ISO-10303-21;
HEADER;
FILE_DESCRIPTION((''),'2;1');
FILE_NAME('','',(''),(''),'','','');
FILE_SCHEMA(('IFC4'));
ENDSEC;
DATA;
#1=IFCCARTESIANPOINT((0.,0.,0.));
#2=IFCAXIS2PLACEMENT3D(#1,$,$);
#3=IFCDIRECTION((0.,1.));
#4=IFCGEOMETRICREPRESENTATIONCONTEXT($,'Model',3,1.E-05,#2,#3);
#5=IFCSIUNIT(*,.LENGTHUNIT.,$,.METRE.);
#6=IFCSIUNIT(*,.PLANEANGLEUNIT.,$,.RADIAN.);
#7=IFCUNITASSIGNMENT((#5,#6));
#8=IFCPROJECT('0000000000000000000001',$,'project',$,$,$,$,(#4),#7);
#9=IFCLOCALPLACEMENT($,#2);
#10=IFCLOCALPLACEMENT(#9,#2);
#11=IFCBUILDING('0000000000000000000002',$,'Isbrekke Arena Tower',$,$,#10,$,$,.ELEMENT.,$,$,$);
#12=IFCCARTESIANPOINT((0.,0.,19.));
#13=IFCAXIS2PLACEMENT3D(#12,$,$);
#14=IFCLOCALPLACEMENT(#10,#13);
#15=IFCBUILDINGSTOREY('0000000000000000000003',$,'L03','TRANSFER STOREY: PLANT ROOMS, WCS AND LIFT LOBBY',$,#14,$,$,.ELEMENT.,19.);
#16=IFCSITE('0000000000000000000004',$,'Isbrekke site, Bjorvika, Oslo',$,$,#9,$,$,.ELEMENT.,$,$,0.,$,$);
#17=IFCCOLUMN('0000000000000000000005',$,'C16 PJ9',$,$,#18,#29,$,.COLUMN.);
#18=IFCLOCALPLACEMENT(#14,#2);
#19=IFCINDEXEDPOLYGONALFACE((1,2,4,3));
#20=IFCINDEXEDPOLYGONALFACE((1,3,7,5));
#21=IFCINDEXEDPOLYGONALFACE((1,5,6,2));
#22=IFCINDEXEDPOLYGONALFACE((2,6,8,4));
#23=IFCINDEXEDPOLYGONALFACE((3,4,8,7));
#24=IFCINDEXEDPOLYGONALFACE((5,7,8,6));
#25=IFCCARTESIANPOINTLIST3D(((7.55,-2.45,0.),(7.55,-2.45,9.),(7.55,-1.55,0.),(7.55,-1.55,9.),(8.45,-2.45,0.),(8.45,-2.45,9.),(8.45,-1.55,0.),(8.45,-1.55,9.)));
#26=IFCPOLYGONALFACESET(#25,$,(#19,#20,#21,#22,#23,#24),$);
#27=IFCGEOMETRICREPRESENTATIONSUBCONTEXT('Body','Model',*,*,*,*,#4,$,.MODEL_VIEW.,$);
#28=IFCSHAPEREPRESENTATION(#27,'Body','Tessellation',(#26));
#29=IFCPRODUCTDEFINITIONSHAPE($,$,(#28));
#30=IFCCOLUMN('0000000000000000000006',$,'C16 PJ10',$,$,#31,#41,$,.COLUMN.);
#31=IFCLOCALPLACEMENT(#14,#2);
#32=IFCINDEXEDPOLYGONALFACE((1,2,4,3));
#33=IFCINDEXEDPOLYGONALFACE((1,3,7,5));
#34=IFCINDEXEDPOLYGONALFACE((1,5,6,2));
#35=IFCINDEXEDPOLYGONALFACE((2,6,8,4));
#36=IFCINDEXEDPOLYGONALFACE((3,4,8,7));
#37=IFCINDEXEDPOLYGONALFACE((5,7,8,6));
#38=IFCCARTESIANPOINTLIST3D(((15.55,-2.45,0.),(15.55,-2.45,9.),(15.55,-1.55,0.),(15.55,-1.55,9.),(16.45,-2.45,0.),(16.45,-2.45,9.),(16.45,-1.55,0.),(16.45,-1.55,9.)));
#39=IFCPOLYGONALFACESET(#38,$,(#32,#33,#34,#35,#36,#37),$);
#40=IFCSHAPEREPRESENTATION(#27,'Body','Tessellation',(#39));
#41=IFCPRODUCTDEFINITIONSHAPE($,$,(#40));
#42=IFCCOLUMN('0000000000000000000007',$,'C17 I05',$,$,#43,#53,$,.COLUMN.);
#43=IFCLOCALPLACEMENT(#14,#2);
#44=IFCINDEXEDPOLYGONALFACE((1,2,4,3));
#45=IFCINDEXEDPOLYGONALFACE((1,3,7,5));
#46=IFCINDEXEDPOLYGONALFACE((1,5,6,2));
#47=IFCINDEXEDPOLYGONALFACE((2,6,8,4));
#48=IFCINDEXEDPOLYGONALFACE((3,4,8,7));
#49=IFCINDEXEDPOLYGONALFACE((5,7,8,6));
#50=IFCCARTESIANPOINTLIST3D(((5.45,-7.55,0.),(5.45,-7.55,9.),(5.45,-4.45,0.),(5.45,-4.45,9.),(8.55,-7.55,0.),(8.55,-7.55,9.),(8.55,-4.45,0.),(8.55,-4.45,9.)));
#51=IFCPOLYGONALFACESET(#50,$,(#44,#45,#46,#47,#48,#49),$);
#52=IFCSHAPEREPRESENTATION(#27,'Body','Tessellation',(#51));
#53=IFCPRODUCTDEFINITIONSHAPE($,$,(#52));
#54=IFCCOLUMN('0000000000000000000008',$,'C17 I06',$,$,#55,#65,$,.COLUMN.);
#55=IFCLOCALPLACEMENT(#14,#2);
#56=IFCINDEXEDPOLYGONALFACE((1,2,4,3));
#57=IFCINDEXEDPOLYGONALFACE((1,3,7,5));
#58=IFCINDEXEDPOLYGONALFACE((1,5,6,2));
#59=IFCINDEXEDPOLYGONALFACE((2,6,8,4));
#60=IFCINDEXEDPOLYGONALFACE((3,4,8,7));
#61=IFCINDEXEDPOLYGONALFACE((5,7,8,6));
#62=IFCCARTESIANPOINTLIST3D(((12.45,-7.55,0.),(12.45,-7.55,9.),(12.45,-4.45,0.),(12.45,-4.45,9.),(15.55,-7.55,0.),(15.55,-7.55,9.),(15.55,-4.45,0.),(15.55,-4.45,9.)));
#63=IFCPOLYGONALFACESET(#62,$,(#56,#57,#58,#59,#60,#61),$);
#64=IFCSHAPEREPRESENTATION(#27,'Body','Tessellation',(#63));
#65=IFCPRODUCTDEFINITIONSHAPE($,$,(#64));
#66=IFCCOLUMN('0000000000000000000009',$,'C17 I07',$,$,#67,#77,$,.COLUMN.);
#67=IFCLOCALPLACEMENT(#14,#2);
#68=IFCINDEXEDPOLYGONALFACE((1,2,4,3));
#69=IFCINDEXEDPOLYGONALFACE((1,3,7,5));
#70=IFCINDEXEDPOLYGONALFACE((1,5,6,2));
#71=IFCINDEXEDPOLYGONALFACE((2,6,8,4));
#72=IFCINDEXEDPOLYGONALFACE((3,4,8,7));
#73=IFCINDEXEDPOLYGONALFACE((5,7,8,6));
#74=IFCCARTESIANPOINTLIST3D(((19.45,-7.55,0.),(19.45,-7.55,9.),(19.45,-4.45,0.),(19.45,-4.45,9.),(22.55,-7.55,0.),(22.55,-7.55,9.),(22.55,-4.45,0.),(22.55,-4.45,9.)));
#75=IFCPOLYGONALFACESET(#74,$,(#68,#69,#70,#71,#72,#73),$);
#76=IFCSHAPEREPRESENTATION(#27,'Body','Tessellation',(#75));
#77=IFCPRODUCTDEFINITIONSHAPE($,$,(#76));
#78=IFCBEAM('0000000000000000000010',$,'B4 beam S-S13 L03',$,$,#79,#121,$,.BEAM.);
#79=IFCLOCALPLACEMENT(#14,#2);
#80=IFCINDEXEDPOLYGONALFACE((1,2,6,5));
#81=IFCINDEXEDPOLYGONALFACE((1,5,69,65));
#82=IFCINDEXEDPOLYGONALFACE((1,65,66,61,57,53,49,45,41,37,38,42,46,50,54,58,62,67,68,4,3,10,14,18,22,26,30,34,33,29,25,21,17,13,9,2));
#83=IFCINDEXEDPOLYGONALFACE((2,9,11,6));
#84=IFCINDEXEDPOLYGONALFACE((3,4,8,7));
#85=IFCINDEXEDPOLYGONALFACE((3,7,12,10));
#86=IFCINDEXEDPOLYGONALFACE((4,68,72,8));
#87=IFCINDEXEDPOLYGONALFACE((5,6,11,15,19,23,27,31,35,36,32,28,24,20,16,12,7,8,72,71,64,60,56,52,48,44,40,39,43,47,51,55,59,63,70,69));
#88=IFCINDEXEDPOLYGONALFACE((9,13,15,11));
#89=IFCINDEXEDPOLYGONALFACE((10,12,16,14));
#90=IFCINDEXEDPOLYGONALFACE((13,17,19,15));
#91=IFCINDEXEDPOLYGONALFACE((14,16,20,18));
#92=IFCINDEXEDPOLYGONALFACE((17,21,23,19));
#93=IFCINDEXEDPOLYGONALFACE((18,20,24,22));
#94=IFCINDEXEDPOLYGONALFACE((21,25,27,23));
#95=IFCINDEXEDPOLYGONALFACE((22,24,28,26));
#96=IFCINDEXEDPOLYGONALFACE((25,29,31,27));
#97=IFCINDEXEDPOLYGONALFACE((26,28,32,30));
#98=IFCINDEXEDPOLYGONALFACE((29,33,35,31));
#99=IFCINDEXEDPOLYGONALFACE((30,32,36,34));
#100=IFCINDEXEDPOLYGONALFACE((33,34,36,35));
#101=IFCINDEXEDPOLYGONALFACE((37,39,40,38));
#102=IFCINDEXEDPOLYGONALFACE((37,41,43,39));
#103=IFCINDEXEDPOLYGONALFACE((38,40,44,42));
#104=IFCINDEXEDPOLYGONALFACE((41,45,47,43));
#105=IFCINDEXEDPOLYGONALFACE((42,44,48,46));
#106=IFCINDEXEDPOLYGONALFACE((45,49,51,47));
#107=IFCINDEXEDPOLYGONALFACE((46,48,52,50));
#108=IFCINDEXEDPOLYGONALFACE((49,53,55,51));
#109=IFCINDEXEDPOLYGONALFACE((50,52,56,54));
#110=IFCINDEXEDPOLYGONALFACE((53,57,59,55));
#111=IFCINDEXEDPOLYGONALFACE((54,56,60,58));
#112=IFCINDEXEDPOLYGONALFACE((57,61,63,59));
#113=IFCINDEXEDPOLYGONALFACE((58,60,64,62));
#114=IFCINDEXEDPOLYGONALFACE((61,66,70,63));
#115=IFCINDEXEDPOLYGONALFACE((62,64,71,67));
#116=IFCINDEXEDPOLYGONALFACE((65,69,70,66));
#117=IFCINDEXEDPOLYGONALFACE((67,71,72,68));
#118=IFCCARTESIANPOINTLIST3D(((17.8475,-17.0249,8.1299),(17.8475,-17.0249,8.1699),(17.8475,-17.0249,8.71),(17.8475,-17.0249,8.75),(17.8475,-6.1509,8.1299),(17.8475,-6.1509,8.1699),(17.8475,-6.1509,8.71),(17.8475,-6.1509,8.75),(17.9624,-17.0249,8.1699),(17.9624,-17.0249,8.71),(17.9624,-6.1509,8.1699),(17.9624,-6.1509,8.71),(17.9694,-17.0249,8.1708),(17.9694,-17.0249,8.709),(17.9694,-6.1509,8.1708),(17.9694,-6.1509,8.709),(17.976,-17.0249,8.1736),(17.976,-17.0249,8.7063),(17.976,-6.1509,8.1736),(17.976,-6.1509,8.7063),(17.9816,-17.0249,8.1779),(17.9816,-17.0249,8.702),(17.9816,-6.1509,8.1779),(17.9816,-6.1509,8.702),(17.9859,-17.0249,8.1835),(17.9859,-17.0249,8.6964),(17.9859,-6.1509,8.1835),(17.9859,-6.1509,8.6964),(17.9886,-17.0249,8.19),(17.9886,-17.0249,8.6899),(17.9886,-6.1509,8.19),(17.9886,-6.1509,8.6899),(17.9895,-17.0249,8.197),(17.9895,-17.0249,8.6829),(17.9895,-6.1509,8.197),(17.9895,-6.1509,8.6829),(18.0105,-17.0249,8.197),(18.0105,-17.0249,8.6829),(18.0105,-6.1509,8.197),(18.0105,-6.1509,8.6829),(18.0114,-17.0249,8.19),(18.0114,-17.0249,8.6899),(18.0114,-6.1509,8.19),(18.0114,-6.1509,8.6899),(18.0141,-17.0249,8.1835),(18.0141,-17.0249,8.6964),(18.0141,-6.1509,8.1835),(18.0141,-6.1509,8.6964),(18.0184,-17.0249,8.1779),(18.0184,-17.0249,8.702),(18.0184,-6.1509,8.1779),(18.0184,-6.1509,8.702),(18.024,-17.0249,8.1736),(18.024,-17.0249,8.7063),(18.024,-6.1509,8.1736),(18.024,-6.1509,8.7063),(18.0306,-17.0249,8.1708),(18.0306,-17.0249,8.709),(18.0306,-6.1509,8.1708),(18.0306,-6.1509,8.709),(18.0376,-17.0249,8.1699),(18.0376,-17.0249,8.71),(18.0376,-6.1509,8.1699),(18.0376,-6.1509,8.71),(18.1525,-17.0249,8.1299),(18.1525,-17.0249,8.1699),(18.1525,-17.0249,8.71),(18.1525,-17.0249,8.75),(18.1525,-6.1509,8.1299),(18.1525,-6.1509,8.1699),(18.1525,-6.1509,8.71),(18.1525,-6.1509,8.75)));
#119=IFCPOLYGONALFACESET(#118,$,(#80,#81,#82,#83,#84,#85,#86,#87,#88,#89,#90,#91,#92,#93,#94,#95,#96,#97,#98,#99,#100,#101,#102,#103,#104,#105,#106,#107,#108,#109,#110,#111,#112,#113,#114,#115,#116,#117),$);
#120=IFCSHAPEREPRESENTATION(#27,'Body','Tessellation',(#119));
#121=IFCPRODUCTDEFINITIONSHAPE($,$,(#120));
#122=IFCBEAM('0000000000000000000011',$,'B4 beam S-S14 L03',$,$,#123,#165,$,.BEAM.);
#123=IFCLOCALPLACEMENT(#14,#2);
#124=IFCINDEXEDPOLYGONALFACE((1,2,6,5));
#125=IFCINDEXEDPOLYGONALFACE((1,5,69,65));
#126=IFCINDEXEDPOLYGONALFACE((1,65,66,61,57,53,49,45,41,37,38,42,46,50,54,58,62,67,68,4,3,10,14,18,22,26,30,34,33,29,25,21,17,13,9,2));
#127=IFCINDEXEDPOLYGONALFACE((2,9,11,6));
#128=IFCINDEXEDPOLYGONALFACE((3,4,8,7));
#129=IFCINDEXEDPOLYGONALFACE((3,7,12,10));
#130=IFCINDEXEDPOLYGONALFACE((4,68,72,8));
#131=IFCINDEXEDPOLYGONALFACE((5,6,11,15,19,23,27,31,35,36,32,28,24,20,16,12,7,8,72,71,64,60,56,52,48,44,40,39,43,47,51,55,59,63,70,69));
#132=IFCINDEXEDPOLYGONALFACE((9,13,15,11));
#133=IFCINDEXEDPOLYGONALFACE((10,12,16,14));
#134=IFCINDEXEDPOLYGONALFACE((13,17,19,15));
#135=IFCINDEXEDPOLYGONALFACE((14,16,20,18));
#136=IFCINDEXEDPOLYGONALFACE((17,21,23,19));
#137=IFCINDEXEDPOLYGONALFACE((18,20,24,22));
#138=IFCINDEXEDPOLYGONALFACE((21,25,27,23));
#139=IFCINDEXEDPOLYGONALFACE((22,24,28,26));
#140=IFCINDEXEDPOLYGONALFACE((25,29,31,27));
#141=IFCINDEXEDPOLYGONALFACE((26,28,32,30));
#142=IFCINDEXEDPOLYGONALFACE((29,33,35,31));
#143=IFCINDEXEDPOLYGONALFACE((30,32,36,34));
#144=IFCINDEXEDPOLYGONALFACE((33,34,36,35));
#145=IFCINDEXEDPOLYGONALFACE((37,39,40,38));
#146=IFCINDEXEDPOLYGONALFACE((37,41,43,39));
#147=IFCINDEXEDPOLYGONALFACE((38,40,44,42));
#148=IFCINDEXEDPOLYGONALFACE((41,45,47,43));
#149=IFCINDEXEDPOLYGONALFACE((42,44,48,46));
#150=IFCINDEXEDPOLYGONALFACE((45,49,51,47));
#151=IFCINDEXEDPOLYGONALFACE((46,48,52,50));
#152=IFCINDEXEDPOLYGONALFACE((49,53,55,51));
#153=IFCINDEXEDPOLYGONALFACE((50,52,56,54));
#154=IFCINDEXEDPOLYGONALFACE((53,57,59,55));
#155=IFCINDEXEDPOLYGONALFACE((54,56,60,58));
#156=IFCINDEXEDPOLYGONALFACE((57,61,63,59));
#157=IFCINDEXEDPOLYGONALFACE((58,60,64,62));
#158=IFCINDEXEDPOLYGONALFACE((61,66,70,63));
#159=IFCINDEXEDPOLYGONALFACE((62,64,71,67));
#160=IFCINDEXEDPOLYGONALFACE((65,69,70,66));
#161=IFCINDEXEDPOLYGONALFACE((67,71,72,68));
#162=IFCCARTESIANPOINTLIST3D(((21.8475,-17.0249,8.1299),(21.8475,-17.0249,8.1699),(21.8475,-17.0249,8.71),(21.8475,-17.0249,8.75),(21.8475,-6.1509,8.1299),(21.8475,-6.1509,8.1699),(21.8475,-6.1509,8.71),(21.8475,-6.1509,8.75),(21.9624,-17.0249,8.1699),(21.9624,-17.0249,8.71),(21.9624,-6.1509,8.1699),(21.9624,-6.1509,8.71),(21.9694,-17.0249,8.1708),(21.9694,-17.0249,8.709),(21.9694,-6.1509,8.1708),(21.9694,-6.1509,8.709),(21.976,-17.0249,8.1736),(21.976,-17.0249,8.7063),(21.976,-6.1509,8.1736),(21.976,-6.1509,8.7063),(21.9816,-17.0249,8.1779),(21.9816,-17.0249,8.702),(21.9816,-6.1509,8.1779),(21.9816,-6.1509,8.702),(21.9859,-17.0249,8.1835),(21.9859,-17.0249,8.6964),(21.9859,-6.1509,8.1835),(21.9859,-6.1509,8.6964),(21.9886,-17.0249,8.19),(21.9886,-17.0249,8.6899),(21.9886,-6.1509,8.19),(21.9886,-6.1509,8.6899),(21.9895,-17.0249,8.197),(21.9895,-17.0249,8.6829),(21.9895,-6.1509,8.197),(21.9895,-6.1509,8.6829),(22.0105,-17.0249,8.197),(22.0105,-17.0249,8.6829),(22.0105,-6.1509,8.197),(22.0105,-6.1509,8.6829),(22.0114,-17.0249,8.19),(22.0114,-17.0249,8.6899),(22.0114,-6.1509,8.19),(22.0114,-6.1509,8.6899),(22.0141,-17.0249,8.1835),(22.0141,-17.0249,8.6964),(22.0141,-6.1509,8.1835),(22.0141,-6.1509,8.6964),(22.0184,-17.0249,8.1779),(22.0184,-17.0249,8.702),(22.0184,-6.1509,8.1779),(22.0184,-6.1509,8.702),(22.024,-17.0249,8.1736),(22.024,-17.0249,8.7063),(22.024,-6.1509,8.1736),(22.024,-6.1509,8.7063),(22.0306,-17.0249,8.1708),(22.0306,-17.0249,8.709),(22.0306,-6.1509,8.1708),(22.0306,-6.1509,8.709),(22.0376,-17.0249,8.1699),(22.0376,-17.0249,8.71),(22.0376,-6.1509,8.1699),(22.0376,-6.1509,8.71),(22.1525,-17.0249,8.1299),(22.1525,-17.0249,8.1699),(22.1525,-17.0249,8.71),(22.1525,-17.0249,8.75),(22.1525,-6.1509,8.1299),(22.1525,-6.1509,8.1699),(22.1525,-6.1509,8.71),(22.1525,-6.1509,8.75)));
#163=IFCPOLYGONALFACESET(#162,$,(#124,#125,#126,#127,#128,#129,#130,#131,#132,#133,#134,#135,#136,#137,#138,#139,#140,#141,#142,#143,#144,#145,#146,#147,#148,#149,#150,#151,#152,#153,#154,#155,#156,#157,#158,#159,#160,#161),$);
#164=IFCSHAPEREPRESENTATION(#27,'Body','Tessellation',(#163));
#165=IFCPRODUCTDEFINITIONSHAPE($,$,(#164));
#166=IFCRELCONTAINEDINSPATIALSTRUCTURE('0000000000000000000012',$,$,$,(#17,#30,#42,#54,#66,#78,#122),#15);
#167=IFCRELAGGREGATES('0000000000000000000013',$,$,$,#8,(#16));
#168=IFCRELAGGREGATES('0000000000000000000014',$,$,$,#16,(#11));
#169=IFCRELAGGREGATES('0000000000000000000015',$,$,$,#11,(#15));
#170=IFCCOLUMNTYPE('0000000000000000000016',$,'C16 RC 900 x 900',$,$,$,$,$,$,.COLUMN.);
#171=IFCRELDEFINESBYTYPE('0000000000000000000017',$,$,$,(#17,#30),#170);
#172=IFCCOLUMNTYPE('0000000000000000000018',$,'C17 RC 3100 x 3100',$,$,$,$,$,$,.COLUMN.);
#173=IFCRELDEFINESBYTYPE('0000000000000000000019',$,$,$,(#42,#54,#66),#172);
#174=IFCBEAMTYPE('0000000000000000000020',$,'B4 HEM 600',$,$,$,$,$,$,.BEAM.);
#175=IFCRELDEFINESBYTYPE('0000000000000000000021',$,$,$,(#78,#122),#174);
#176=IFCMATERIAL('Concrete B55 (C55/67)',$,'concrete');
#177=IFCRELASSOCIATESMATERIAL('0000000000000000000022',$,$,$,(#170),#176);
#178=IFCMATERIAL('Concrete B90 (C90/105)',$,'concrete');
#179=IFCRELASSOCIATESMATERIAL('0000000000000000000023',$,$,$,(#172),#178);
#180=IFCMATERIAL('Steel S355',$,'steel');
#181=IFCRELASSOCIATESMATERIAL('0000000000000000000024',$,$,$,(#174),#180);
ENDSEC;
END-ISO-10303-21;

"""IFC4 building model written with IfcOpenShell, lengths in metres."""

from ifc_helpers import new_model, si_unit, direction, frame, origin, origin_2d, place, context, subcontext, project, spatial, rectangle, i_section, extrude, material, material_profile, profile_set, type_object, element, save


model = new_model("IFC4")

# Units and contexts
model_context = context("Model", 3, precision=1e-05, world=origin(), true_north=direction((0.0, 1.0)))
body_context = subcontext(model_context, "Body", "Model", "MODEL_VIEW")
ifc_project = project(units=[si_unit("LENGTHUNIT", "METRE"), si_unit("PLANEANGLEUNIT", "RADIAN")], contexts=[model_context])

# Site, building, storey
site_placement = place(None, origin())
site = spatial("IfcSite", under=ifc_project, at=site_placement, Name="Isbrekke site, Bjorvika, Oslo", CompositionType="ELEMENT", RefElevation=0.0)
building_placement = place(site_placement, origin())
building = spatial("IfcBuilding", under=site, at=building_placement, Name="Isbrekke Arena Tower", CompositionType="ELEMENT")
storey_placement = place(building_placement, frame((0.0, 0.0, 19.0)))
storey = spatial("IfcBuildingStorey", under=building, at=storey_placement, Name="L03", Description="TRANSFER STOREY: PLANT ROOMS, WCS AND LIFT LOBBY", CompositionType="ELEMENT", Elevation=19.0)

# Columns
ifc_material_1 = material(Name="Concrete B55 (C55/67)", Category="concrete")
ifc_material_profile_1 = material_profile(ifc_material_1, rectangle(XDim=0.8999, YDim=0.8999, at=origin_2d()), Name="RC 900x900")
ifc_profile_set_1 = profile_set([ifc_material_profile_1], Name="Concrete B55 (C55/67)")
column_type_1 = type_object("IfcColumnType", Name="C16 RC 900 x 900", PredefinedType="COLUMN", material=ifc_profile_set_1)
for number, where, z_axis, x_axis, name in (
    (1, (8.0, -2.0, 0.0), (0.0, 0.0, 1.0), (1.0, 0.0, 0.0), "C16 PJ9"),
    (2, (16.0, -2.0, 0.0), (0.0, 0.0, 1.0), (1.0, 0.0, 0.0), "C16 PJ10"),
):
    element("IfcColumn", number, at=place(storey_placement, frame(where, z_axis=z_axis, x_axis=x_axis)), inside=storey, type_object=column_type_1, Name=name, PredefinedType="COLUMN", context=body_context, shape_type="SweptSolid", body=[
        extrude(rectangle(XDim=0.8999, YDim=0.8999, at=origin_2d()), origin(), (0.0, 0.0, 1.0), 9.0),
    ])
ifc_material_2 = material(Name="Concrete B90 (C90/105)", Category="concrete")
ifc_material_profile_2 = material_profile(ifc_material_2, rectangle(XDim=3.1001, YDim=3.1001, at=origin_2d()), Name="RC 3100x3100")
ifc_profile_set_2 = profile_set([ifc_material_profile_2], Name="Concrete B90 (C90/105)")
column_type_2 = type_object("IfcColumnType", Name="C17 RC 3100 x 3100", PredefinedType="COLUMN", material=ifc_profile_set_2)
for number, where, z_axis, x_axis, name in (
    (3, (7.0, -6.0, 0.0), (0.0, 0.0, 1.0), (1.0, 0.0, 0.0), "C17 I05"),
    (4, (14.0, -6.0, 0.0), (0.0, 0.0, 1.0), (1.0, 0.0, 0.0), "C17 I06"),
    (5, (21.0, -6.0, 0.0), (0.0, 0.0, 1.0), (1.0, 0.0, 0.0), "C17 I07"),
):
    element("IfcColumn", number, at=place(storey_placement, frame(where, z_axis=z_axis, x_axis=x_axis)), inside=storey, type_object=column_type_2, Name=name, PredefinedType="COLUMN", context=body_context, shape_type="SweptSolid", body=[
        extrude(rectangle(XDim=3.1001, YDim=3.1001, at=origin_2d()), origin(), (0.0, 0.0, 1.0), 9.0),
    ])

# Beams
ifc_material_3 = material(Name="Steel S355", Category="steel")
ifc_material_profile_3 = material_profile(ifc_material_3, i_section(OverallWidth=0.3049, OverallDepth=0.6201, WebThickness=0.021, FlangeThickness=0.04, FilletRadius=0.0271, at=origin_2d()), Name="HEM 600")
ifc_profile_set_3 = profile_set([ifc_material_profile_3], Name="Steel S355")
beam_type_1 = type_object("IfcBeamType", Name="B4 HEM 600", PredefinedType="BEAM", material=ifc_profile_set_3)
for number, where, z_axis, x_axis, name in (
    (6, (18.0, -17.0249, 8.4399), (0.0, 1.0, 0.0), (-1.0, 0.0, 0.0), "B4 beam S-S13 L03"),
    (7, (22.0, -17.0249, 8.4399), (0.0, 1.0, 0.0), (-1.0, 0.0, 0.0), "B4 beam S-S14 L03"),
):
    element("IfcBeam", number, at=place(storey_placement, frame(where, z_axis=z_axis, x_axis=x_axis)), inside=storey, type_object=beam_type_1, Name=name, PredefinedType="BEAM", context=body_context, shape_type="SweptSolid", body=[
        extrude(i_section(OverallWidth=0.3049, OverallDepth=0.6201, WebThickness=0.021, FlangeThickness=0.04, FilletRadius=0.0271, at=origin_2d()), origin(), (0.0, 0.0, 1.0), 10.874),
    ])

save(model, "model.ifc")
